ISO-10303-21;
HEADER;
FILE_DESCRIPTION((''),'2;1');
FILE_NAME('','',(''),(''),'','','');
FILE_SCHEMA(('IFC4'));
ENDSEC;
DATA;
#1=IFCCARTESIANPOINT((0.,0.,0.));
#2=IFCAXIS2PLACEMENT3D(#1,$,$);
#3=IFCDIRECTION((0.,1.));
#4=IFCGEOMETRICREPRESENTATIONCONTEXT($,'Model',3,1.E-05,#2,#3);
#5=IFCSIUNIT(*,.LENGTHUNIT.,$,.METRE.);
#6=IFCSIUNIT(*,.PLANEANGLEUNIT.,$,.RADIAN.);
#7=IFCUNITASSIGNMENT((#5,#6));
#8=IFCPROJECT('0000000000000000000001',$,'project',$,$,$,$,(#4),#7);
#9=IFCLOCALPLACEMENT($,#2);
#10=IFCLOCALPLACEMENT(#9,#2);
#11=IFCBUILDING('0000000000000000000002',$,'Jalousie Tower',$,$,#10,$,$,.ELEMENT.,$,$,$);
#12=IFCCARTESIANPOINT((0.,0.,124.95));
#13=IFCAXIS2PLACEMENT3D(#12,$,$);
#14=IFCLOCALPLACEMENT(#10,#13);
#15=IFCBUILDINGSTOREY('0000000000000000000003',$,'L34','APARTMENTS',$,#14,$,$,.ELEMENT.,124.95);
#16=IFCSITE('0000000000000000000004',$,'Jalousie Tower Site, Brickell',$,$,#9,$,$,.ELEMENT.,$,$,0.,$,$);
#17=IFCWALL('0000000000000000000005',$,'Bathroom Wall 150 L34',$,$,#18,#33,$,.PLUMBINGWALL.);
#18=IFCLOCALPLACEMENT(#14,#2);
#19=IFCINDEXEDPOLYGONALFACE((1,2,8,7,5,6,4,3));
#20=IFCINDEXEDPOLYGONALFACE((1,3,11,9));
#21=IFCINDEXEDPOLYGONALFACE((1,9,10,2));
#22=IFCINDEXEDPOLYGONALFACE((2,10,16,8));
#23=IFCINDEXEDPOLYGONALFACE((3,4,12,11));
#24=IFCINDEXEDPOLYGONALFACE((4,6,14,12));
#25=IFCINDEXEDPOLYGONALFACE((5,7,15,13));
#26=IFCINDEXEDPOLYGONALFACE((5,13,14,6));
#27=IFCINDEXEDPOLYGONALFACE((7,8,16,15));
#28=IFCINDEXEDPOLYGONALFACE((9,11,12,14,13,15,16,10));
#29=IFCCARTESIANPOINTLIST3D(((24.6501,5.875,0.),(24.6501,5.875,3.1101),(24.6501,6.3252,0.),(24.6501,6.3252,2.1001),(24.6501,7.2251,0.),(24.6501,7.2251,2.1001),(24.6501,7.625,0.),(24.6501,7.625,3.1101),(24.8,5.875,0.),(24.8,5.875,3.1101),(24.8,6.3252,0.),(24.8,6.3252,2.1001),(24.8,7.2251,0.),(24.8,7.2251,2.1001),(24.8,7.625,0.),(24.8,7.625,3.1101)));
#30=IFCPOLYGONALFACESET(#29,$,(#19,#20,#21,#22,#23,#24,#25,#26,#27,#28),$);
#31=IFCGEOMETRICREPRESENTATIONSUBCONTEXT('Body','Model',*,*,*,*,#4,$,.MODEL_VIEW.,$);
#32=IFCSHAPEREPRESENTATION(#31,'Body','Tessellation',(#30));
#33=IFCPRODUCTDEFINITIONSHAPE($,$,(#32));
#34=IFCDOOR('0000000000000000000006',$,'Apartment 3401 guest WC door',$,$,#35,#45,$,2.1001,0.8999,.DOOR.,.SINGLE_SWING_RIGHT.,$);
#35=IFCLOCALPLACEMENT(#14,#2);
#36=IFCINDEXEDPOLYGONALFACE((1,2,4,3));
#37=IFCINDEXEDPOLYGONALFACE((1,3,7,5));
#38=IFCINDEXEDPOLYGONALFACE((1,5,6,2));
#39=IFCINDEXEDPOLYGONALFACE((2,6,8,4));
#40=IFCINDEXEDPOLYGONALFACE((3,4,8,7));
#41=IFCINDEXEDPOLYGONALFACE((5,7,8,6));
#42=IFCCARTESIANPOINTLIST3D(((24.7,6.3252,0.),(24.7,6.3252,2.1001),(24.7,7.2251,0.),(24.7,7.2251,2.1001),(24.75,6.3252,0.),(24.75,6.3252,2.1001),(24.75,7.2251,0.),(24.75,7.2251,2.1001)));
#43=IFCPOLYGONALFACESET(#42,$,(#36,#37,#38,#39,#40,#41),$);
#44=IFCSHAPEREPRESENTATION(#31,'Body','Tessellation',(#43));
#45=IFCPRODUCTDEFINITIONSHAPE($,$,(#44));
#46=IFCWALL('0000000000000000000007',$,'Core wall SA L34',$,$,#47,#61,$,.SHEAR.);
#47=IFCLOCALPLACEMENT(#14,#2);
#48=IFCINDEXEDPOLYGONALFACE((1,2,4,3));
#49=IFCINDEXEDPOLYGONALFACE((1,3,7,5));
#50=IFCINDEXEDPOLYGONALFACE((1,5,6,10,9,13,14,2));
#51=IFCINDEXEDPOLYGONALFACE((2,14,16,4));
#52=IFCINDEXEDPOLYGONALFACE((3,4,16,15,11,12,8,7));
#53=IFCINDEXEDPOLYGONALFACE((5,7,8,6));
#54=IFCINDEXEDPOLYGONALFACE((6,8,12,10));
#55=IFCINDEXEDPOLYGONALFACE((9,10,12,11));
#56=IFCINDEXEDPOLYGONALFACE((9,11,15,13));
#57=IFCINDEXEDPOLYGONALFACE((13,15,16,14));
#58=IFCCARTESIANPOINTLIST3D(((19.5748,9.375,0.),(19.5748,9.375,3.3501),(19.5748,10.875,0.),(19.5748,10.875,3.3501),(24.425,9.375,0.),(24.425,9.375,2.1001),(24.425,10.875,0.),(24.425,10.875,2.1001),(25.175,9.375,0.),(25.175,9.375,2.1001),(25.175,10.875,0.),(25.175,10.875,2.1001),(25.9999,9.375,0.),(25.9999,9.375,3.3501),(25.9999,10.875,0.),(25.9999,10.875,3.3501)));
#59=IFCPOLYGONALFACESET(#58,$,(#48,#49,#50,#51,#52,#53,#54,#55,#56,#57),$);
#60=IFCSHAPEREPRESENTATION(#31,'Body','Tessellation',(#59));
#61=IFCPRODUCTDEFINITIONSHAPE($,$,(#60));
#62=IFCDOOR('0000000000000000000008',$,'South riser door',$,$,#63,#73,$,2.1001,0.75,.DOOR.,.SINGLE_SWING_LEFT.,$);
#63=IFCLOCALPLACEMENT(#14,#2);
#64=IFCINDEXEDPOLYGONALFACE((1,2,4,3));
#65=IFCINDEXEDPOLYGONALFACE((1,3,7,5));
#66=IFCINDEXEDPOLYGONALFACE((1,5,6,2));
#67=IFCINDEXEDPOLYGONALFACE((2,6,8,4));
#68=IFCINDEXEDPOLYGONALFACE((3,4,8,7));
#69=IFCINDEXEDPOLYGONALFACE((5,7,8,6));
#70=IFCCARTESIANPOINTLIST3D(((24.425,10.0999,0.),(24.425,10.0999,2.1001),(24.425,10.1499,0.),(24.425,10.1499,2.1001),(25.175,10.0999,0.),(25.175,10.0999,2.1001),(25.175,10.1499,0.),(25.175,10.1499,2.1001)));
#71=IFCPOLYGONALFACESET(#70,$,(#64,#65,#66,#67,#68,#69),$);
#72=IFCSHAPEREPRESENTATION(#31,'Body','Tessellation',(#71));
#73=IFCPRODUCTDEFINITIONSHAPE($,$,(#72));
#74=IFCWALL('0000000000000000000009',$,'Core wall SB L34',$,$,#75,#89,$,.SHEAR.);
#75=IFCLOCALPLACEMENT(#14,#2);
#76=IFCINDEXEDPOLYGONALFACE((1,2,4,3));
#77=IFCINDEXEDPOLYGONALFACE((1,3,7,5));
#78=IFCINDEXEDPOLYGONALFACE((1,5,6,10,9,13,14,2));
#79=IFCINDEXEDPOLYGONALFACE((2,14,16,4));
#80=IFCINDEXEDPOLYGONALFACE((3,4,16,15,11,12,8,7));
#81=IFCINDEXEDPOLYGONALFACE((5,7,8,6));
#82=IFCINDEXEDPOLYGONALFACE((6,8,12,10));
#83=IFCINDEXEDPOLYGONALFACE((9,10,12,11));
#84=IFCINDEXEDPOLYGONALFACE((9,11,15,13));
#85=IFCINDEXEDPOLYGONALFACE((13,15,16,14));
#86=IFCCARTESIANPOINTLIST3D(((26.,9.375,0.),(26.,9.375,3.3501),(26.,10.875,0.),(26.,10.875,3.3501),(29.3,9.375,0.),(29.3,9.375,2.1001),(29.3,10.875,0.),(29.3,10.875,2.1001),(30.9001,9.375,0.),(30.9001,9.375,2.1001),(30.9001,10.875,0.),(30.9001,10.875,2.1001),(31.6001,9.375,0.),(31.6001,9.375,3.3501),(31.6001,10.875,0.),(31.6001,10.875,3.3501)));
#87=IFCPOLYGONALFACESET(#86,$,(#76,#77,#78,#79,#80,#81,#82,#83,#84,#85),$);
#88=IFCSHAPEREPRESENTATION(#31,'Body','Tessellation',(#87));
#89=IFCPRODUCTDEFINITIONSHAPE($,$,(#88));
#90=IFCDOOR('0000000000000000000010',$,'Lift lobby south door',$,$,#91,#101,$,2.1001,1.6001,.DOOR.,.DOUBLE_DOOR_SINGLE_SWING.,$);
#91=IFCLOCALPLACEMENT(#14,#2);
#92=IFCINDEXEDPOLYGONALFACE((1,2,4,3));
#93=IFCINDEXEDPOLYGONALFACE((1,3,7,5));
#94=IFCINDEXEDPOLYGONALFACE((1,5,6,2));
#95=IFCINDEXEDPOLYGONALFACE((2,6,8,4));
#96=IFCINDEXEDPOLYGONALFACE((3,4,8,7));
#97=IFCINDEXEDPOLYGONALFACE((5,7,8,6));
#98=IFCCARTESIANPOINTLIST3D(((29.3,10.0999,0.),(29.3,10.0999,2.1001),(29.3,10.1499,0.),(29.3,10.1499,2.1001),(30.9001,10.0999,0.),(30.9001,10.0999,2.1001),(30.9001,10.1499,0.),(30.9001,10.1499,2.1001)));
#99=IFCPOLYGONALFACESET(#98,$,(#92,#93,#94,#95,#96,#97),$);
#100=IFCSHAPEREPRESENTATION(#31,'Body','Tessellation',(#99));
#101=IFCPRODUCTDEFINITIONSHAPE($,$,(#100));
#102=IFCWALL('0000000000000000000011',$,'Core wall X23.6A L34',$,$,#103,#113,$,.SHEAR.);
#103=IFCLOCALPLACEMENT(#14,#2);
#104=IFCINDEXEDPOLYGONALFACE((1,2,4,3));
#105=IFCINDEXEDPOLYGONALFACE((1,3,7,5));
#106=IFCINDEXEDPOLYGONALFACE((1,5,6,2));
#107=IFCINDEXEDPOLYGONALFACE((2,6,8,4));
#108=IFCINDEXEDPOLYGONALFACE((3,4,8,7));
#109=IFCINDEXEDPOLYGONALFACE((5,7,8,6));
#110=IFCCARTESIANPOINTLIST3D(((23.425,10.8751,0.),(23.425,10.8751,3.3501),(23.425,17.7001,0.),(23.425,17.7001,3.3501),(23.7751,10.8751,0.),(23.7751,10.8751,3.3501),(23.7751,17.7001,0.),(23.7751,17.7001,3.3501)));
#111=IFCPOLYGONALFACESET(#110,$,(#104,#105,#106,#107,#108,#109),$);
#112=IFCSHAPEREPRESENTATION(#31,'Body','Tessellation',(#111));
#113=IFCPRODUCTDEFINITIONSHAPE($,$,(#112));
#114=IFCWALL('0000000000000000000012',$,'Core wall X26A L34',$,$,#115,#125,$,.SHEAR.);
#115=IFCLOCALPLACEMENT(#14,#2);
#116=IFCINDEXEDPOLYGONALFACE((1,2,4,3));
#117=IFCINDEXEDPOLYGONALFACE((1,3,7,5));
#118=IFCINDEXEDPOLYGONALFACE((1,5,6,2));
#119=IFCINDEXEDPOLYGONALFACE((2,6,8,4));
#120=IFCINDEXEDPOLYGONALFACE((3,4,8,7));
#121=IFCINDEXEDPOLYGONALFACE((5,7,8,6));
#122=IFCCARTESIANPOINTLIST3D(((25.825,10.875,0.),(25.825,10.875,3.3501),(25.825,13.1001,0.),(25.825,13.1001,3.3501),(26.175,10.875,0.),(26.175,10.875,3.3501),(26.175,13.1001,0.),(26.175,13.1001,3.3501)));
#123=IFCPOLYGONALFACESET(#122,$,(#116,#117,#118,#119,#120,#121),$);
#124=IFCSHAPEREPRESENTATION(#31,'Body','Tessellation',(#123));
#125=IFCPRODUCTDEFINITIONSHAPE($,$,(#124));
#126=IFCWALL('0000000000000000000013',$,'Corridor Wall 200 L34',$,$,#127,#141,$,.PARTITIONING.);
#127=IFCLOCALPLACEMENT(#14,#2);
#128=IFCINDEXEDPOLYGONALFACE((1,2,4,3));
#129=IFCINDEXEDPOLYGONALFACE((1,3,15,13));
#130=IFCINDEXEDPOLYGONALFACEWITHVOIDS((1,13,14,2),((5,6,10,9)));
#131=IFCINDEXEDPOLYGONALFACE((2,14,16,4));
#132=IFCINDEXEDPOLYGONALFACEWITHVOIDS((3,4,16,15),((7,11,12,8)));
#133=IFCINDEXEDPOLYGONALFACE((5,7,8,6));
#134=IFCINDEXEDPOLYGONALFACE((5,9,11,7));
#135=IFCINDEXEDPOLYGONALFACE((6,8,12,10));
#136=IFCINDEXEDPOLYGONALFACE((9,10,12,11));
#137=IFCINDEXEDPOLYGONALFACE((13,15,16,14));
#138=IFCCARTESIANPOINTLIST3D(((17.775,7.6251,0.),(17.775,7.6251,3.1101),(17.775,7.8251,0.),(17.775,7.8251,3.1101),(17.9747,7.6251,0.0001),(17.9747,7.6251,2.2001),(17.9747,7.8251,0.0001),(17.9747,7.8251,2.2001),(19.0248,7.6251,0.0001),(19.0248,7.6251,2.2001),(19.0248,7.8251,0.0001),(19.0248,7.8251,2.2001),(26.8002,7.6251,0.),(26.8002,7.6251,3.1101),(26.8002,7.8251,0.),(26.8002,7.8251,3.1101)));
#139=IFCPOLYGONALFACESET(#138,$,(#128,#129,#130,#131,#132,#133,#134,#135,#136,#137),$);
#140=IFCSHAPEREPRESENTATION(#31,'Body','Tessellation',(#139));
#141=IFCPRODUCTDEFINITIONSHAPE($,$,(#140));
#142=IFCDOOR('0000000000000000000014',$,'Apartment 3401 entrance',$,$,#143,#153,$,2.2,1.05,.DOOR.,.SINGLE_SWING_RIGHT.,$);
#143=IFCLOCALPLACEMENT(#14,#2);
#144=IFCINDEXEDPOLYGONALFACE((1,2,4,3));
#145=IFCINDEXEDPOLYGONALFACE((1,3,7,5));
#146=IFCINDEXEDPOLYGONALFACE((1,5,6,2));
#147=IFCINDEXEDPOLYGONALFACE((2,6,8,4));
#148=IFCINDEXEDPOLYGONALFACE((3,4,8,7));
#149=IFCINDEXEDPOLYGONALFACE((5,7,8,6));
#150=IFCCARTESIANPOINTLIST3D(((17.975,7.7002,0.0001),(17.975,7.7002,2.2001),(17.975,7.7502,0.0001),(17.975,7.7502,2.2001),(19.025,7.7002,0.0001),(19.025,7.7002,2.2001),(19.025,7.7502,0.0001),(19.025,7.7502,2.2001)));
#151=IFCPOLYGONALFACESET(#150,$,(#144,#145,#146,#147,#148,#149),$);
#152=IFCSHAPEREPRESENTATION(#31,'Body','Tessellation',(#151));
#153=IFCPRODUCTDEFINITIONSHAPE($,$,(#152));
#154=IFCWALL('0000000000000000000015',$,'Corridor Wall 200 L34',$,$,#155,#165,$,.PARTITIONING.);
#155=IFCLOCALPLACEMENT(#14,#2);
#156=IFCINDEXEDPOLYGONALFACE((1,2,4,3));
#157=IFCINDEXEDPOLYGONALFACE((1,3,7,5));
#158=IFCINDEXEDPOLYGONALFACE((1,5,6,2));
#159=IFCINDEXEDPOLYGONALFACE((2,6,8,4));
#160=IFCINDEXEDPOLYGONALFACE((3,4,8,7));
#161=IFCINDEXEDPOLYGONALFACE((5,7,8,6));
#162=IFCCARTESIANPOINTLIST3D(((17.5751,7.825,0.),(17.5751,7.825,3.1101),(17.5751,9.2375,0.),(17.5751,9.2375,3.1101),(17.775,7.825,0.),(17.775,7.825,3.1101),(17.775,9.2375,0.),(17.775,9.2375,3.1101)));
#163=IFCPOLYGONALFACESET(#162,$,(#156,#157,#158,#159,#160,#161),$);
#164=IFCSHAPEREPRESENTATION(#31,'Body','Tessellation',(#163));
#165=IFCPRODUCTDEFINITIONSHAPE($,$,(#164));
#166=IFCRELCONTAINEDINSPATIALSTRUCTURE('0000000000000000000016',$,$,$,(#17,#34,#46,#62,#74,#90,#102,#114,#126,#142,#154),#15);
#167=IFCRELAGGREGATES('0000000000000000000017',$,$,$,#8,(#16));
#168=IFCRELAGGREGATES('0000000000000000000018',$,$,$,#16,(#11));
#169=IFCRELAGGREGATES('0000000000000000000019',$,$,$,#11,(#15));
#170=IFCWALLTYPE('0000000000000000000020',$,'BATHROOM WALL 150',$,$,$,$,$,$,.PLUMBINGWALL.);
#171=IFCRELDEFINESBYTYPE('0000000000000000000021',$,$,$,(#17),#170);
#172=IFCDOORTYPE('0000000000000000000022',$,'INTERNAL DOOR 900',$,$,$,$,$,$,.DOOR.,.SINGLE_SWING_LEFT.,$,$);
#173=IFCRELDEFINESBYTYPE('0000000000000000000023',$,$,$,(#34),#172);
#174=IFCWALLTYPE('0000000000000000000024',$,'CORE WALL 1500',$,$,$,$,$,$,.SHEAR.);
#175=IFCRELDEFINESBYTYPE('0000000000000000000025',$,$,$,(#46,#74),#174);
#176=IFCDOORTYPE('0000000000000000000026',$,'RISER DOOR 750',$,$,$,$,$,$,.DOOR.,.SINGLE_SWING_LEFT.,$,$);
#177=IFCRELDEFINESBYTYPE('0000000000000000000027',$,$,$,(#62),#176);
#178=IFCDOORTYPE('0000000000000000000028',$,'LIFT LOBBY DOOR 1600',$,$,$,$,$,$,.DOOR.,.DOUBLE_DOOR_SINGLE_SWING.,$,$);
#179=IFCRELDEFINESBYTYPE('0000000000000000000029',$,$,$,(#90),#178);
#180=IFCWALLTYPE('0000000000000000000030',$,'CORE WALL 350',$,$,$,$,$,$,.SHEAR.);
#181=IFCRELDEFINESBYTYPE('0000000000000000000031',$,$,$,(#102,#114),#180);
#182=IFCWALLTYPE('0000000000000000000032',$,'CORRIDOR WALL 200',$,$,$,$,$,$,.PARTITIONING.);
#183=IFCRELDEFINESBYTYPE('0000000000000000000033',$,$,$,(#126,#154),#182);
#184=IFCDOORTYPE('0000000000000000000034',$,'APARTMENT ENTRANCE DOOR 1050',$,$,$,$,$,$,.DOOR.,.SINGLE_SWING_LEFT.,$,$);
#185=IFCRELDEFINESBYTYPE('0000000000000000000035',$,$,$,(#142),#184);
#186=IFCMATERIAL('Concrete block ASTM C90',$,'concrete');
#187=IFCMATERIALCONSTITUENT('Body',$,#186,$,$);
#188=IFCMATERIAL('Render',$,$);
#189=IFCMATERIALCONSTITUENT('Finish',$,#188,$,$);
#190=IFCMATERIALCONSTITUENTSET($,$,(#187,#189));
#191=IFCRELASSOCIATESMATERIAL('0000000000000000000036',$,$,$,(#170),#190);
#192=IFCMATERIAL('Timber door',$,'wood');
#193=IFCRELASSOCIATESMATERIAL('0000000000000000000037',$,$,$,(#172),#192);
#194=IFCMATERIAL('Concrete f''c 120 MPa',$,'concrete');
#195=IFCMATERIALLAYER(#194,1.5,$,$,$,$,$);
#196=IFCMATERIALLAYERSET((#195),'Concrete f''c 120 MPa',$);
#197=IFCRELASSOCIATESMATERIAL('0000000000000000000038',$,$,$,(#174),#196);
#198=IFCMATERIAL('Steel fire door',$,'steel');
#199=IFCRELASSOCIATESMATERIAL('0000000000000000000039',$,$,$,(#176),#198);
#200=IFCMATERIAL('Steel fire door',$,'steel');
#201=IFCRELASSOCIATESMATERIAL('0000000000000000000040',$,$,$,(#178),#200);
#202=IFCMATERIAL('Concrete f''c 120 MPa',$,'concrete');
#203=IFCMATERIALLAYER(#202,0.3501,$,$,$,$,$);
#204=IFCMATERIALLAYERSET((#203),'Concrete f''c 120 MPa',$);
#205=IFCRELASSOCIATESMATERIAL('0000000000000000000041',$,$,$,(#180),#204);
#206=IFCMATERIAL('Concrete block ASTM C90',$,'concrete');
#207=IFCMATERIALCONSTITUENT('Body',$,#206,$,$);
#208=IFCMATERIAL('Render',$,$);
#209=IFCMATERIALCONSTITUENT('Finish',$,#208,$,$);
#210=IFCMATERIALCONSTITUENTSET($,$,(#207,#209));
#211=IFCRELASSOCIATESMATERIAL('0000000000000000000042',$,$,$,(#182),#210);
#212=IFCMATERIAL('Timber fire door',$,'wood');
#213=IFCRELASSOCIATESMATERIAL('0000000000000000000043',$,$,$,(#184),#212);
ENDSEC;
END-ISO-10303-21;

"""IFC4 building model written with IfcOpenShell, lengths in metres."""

from ifc_helpers import new_model, si_unit, direction, frame, frame_2d, origin, place, context, subcontext, project, spatial, rectangle, extrude, material, layer, layer_set, constituent, constituent_set, type_object, element, fill, save


model = new_model("IFC4")

# Units and contexts
model_context = context("Model", 3, precision=1e-05, world=origin(), true_north=direction((0.0, 1.0)))
body_context = subcontext(model_context, "Body", "Model", "MODEL_VIEW")
ifc_project = project(units=[si_unit("LENGTHUNIT", "METRE"), si_unit("PLANEANGLEUNIT", "RADIAN")], contexts=[model_context])

# Site, building, storey
site_placement = place(None, origin())
site = spatial("IfcSite", under=ifc_project, at=site_placement, Name="Jalousie Tower Site, Brickell", CompositionType="ELEMENT", RefElevation=0.0)
building_placement = place(site_placement, origin())
building = spatial("IfcBuilding", under=site, at=building_placement, Name="Jalousie Tower", CompositionType="ELEMENT")
storey_placement = place(building_placement, frame((0.0, 0.0, 124.95)))
storey = spatial("IfcBuildingStorey", under=building, at=storey_placement, Name="L34", Description="APARTMENTS", CompositionType="ELEMENT", Elevation=124.95)

# Walls, openings, doors
ifc_material_1 = material(Name="Concrete block ASTM C90", Category="concrete")
ifc_constituent_1 = constituent(ifc_material_1, Name="Body")
ifc_material_2 = material(Name="Render")
ifc_constituent_2 = constituent(ifc_material_2, Name="Finish")
ifc_constituent_set_1 = constituent_set(constituents=[ifc_constituent_1, ifc_constituent_2])
wall_type_1 = type_object("IfcWallType", Name="BATHROOM WALL 150", PredefinedType="PLUMBINGWALL", material=ifc_constituent_set_1)
wall_1_placement = place(storey_placement, frame((24.7251, 7.625, 0.0), z_axis=(0.0, 0.0, 1.0), x_axis=(0.0, -1.0, 0.0)))
wall_1 = element("IfcWall", 1, at=wall_1_placement, inside=storey, type_object=wall_type_1, Name="Bathroom Wall 150 L34", PredefinedType="PLUMBINGWALL", context=body_context, shape_type="SweptSolid", body=[
    extrude(rectangle(XDim=1.75, YDim=0.1499, at=frame_2d((0.875, 0.0))), origin(), (0.0, 0.0, 1.0), 3.1101),
])
opening_1_placement = place(wall_1_placement, frame((0.3999, 0.0, 0.0)))
opening_1 = element("IfcOpeningElement", 2, at=opening_1_placement, cuts=wall_1, PredefinedType="OPENING", context=body_context, shape_type="SweptSolid", body=[
    extrude(rectangle(XDim=0.8999, YDim=2.1001, at=frame_2d((0.45, 1.05))), frame((0.0, 0.085, 0.0), z_axis=(0.0, -1.0, 0.0), x_axis=(1.0, 0.0, 0.0)), (0.0, 0.0, 1.0), 0.1699),
])
ifc_material_3 = material(Name="Timber door", Category="wood")
door_type_1 = type_object("IfcDoorType", Name="INTERNAL DOOR 900", OperationType="SINGLE_SWING_LEFT", PredefinedType="DOOR", material=ifc_material_3)
door_1_placement = place(opening_1_placement, origin())
door_1 = element("IfcDoor", 3, at=door_1_placement, inside=storey, type_object=door_type_1, Name="Apartment 3401 guest WC door", OperationType="SINGLE_SWING_RIGHT", OverallHeight=2.1001, OverallWidth=0.8999, PredefinedType="DOOR", context=body_context, shape_type="SweptSolid", body=[
    extrude(rectangle(XDim=0.8999, YDim=2.1001, at=frame_2d((0.45, 1.05))), frame((0.0, 0.0249, 0.0), z_axis=(0.0, -1.0, 0.0), x_axis=(1.0, 0.0, 0.0)), (0.0, 0.0, 1.0), 0.05),
])
fill(opening_1, door_1)
ifc_material_4 = material(Name="Concrete f'c 120 MPa", Category="concrete")
ifc_layer_1 = layer(ifc_material_4, 1.5)
ifc_layer_set_1 = layer_set([ifc_layer_1], Name="Concrete f'c 120 MPa")
wall_type_2 = type_object("IfcWallType", Name="CORE WALL 1500", PredefinedType="SHEAR", material=ifc_layer_set_1)
wall_2_placement = place(storey_placement, frame((19.575, 10.125, 0.0), z_axis=(0.0, 0.0, 1.0), x_axis=(1.0, 0.0, 0.0)))
wall_2 = element("IfcWall", 4, at=wall_2_placement, inside=storey, type_object=wall_type_2, Name="Core wall SA L34", PredefinedType="SHEAR", context=body_context, shape_type="SweptSolid", body=[
    extrude(rectangle(XDim=6.425, YDim=1.5, at=frame_2d((3.2124, 0.0))), origin(), (0.0, 0.0, 1.0), 3.3501),
])
opening_2_placement = place(wall_2_placement, frame((4.8501, 0.0, 0.0)))
opening_2 = element("IfcOpeningElement", 5, at=opening_2_placement, cuts=wall_2, PredefinedType="OPENING", context=body_context, shape_type="SweptSolid", body=[
    extrude(rectangle(XDim=0.75, YDim=2.1001, at=frame_2d((0.375, 1.05))), frame((0.0, 0.76, 0.0), z_axis=(0.0, -1.0, 0.0), x_axis=(1.0, 0.0, 0.0)), (0.0, 0.0, 1.0), 1.52),
])
ifc_material_5 = material(Name="Steel fire door", Category="steel")
door_type_2 = type_object("IfcDoorType", Name="RISER DOOR 750", OperationType="SINGLE_SWING_LEFT", PredefinedType="DOOR", material=ifc_material_5)
door_2_placement = place(opening_2_placement, origin())
door_2 = element("IfcDoor", 6, at=door_2_placement, inside=storey, type_object=door_type_2, Name="South riser door", OperationType="SINGLE_SWING_LEFT", OverallHeight=2.1001, OverallWidth=0.75, PredefinedType="DOOR", context=body_context, shape_type="SweptSolid", body=[
    extrude(rectangle(XDim=0.75, YDim=2.1001, at=frame_2d((0.375, 1.05))), frame((0.0, 0.0249, 0.0), z_axis=(0.0, -1.0, 0.0), x_axis=(1.0, 0.0, 0.0)), (0.0, 0.0, 1.0), 0.05),
])
fill(opening_2, door_2)
wall_3_placement = place(storey_placement, frame((26.0, 10.125, 0.0), z_axis=(0.0, 0.0, 1.0), x_axis=(1.0, 0.0, 0.0)))
wall_3 = element("IfcWall", 7, at=wall_3_placement, inside=storey, type_object=wall_type_2, Name="Core wall SB L34", PredefinedType="SHEAR", context=body_context, shape_type="SweptSolid", body=[
    extrude(rectangle(XDim=5.6001, YDim=1.5, at=frame_2d((2.8, 0.0))), origin(), (0.0, 0.0, 1.0), 3.3501),
])
opening_3_placement = place(wall_3_placement, frame((3.3, 0.0, 0.0)))
opening_3 = element("IfcOpeningElement", 8, at=opening_3_placement, cuts=wall_3, PredefinedType="OPENING", context=body_context, shape_type="SweptSolid", body=[
    extrude(rectangle(XDim=1.6001, YDim=2.1001, at=frame_2d((0.8, 1.05))), frame((0.0, 0.76, 0.0), z_axis=(0.0, -1.0, 0.0), x_axis=(1.0, 0.0, 0.0)), (0.0, 0.0, 1.0), 1.52),
])
ifc_material_6 = material(Name="Steel fire door", Category="steel")
door_type_3 = type_object("IfcDoorType", Name="LIFT LOBBY DOOR 1600", OperationType="DOUBLE_DOOR_SINGLE_SWING", PredefinedType="DOOR", material=ifc_material_6)
door_3_placement = place(opening_3_placement, origin())
door_3 = element("IfcDoor", 9, at=door_3_placement, inside=storey, type_object=door_type_3, Name="Lift lobby south door", OperationType="DOUBLE_DOOR_SINGLE_SWING", OverallHeight=2.1001, OverallWidth=1.6001, PredefinedType="DOOR", context=body_context, shape_type="SweptSolid", body=[
    extrude(rectangle(XDim=1.6001, YDim=2.1001, at=frame_2d((0.8, 1.05))), frame((0.0, 0.0249, 0.0), z_axis=(0.0, -1.0, 0.0), x_axis=(1.0, 0.0, 0.0)), (0.0, 0.0, 1.0), 0.05),
])
fill(opening_3, door_3)

# Walls
ifc_material_7 = material(Name="Concrete f'c 120 MPa", Category="concrete")
ifc_layer_2 = layer(ifc_material_7, 0.3501)
ifc_layer_set_2 = layer_set([ifc_layer_2], Name="Concrete f'c 120 MPa")
wall_type_3 = type_object("IfcWallType", Name="CORE WALL 350", PredefinedType="SHEAR", material=ifc_layer_set_2)
wall_4_placement = place(storey_placement, frame((23.6001, 10.875, 0.0), z_axis=(0.0, 0.0, 1.0), x_axis=(0.0, 1.0, 0.0)))
element("IfcWall", 10, at=wall_4_placement, inside=storey, type_object=wall_type_3, Name="Core wall X23.6A L34", PredefinedType="SHEAR", context=body_context, shape_type="SweptSolid", body=[
    extrude(rectangle(XDim=6.825, YDim=0.3501, at=frame_2d((3.4126, 0.0))), origin(), (0.0, 0.0, 1.0), 3.3501),
])
wall_5_placement = place(storey_placement, frame((26.0, 10.875, 0.0), z_axis=(0.0, 0.0, 1.0), x_axis=(0.0, 1.0, 0.0)))
element("IfcWall", 11, at=wall_5_placement, inside=storey, type_object=wall_type_3, Name="Core wall X26A L34", PredefinedType="SHEAR", context=body_context, shape_type="SweptSolid", body=[
    extrude(rectangle(XDim=2.2251, YDim=0.3501, at=frame_2d((1.1125, 0.0))), origin(), (0.0, 0.0, 1.0), 3.3501),
])

# Wall, opening, door
ifc_material_8 = material(Name="Concrete block ASTM C90", Category="concrete")
ifc_constituent_3 = constituent(ifc_material_8, Name="Body")
ifc_material_9 = material(Name="Render")
ifc_constituent_4 = constituent(ifc_material_9, Name="Finish")
ifc_constituent_set_2 = constituent_set(constituents=[ifc_constituent_3, ifc_constituent_4])
wall_type_4 = type_object("IfcWallType", Name="CORRIDOR WALL 200", PredefinedType="PARTITIONING", material=ifc_constituent_set_2)
wall_6_placement = place(storey_placement, frame((17.7749, 7.7251, 0.0), z_axis=(0.0, 0.0, 1.0), x_axis=(1.0, 0.0, 0.0)))
wall_6 = element("IfcWall", 12, at=wall_6_placement, inside=storey, type_object=wall_type_4, Name="Corridor Wall 200 L34", PredefinedType="PARTITIONING", context=body_context, shape_type="SweptSolid", body=[
    extrude(rectangle(XDim=9.0251, YDim=0.2, at=frame_2d((4.5127, 0.0))), origin(), (0.0, 0.0, 1.0), 3.1101),
])
opening_4_placement = place(wall_6_placement, frame((0.2, 0.0, 0.0)))
opening_4 = element("IfcOpeningElement", 13, at=opening_4_placement, cuts=wall_6, PredefinedType="OPENING", context=body_context, shape_type="SweptSolid", body=[
    extrude(rectangle(XDim=1.05, YDim=2.2, at=frame_2d((0.5249, 1.1001))), frame((0.0, 0.1099, 0.0), z_axis=(0.0, -1.0, 0.0), x_axis=(1.0, 0.0, 0.0)), (0.0, 0.0, 1.0), 0.22),
])
ifc_material_10 = material(Name="Timber fire door", Category="wood")
door_type_4 = type_object("IfcDoorType", Name="APARTMENT ENTRANCE DOOR 1050", OperationType="SINGLE_SWING_LEFT", PredefinedType="DOOR", material=ifc_material_10)
door_4_placement = place(opening_4_placement, frame((1.05, 0.0, 0.0), z_axis=(0.0, 0.0, 1.0), x_axis=(-1.0, 0.0, 0.0)))
door_4 = element("IfcDoor", 14, at=door_4_placement, inside=storey, type_object=door_type_4, Name="Apartment 3401 entrance", OperationType="SINGLE_SWING_RIGHT", OverallHeight=2.2, OverallWidth=1.05, PredefinedType="DOOR", context=body_context, shape_type="SweptSolid", body=[
    extrude(rectangle(XDim=1.05, YDim=2.2, at=frame_2d((0.5249, 1.1001))), frame((0.0, 0.0249, 0.0), z_axis=(0.0, -1.0, 0.0), x_axis=(1.0, 0.0, 0.0)), (0.0, 0.0, 1.0), 0.05),
])
fill(opening_4, door_4)

# Wall
wall_7_placement = place(storey_placement, frame((17.675, 7.825, 0.0), z_axis=(0.0, 0.0, 1.0), x_axis=(0.0, 1.0, 0.0)))
element("IfcWall", 15, at=wall_7_placement, inside=storey, type_object=wall_type_4, Name="Corridor Wall 200 L34", PredefinedType="PARTITIONING", context=body_context, shape_type="SweptSolid", body=[
    extrude(rectangle(XDim=1.4126, YDim=0.2, at=frame_2d((0.7063, 0.0))), origin(), (0.0, 0.0, 1.0), 3.1101),
])

save(model, "model.ifc")
